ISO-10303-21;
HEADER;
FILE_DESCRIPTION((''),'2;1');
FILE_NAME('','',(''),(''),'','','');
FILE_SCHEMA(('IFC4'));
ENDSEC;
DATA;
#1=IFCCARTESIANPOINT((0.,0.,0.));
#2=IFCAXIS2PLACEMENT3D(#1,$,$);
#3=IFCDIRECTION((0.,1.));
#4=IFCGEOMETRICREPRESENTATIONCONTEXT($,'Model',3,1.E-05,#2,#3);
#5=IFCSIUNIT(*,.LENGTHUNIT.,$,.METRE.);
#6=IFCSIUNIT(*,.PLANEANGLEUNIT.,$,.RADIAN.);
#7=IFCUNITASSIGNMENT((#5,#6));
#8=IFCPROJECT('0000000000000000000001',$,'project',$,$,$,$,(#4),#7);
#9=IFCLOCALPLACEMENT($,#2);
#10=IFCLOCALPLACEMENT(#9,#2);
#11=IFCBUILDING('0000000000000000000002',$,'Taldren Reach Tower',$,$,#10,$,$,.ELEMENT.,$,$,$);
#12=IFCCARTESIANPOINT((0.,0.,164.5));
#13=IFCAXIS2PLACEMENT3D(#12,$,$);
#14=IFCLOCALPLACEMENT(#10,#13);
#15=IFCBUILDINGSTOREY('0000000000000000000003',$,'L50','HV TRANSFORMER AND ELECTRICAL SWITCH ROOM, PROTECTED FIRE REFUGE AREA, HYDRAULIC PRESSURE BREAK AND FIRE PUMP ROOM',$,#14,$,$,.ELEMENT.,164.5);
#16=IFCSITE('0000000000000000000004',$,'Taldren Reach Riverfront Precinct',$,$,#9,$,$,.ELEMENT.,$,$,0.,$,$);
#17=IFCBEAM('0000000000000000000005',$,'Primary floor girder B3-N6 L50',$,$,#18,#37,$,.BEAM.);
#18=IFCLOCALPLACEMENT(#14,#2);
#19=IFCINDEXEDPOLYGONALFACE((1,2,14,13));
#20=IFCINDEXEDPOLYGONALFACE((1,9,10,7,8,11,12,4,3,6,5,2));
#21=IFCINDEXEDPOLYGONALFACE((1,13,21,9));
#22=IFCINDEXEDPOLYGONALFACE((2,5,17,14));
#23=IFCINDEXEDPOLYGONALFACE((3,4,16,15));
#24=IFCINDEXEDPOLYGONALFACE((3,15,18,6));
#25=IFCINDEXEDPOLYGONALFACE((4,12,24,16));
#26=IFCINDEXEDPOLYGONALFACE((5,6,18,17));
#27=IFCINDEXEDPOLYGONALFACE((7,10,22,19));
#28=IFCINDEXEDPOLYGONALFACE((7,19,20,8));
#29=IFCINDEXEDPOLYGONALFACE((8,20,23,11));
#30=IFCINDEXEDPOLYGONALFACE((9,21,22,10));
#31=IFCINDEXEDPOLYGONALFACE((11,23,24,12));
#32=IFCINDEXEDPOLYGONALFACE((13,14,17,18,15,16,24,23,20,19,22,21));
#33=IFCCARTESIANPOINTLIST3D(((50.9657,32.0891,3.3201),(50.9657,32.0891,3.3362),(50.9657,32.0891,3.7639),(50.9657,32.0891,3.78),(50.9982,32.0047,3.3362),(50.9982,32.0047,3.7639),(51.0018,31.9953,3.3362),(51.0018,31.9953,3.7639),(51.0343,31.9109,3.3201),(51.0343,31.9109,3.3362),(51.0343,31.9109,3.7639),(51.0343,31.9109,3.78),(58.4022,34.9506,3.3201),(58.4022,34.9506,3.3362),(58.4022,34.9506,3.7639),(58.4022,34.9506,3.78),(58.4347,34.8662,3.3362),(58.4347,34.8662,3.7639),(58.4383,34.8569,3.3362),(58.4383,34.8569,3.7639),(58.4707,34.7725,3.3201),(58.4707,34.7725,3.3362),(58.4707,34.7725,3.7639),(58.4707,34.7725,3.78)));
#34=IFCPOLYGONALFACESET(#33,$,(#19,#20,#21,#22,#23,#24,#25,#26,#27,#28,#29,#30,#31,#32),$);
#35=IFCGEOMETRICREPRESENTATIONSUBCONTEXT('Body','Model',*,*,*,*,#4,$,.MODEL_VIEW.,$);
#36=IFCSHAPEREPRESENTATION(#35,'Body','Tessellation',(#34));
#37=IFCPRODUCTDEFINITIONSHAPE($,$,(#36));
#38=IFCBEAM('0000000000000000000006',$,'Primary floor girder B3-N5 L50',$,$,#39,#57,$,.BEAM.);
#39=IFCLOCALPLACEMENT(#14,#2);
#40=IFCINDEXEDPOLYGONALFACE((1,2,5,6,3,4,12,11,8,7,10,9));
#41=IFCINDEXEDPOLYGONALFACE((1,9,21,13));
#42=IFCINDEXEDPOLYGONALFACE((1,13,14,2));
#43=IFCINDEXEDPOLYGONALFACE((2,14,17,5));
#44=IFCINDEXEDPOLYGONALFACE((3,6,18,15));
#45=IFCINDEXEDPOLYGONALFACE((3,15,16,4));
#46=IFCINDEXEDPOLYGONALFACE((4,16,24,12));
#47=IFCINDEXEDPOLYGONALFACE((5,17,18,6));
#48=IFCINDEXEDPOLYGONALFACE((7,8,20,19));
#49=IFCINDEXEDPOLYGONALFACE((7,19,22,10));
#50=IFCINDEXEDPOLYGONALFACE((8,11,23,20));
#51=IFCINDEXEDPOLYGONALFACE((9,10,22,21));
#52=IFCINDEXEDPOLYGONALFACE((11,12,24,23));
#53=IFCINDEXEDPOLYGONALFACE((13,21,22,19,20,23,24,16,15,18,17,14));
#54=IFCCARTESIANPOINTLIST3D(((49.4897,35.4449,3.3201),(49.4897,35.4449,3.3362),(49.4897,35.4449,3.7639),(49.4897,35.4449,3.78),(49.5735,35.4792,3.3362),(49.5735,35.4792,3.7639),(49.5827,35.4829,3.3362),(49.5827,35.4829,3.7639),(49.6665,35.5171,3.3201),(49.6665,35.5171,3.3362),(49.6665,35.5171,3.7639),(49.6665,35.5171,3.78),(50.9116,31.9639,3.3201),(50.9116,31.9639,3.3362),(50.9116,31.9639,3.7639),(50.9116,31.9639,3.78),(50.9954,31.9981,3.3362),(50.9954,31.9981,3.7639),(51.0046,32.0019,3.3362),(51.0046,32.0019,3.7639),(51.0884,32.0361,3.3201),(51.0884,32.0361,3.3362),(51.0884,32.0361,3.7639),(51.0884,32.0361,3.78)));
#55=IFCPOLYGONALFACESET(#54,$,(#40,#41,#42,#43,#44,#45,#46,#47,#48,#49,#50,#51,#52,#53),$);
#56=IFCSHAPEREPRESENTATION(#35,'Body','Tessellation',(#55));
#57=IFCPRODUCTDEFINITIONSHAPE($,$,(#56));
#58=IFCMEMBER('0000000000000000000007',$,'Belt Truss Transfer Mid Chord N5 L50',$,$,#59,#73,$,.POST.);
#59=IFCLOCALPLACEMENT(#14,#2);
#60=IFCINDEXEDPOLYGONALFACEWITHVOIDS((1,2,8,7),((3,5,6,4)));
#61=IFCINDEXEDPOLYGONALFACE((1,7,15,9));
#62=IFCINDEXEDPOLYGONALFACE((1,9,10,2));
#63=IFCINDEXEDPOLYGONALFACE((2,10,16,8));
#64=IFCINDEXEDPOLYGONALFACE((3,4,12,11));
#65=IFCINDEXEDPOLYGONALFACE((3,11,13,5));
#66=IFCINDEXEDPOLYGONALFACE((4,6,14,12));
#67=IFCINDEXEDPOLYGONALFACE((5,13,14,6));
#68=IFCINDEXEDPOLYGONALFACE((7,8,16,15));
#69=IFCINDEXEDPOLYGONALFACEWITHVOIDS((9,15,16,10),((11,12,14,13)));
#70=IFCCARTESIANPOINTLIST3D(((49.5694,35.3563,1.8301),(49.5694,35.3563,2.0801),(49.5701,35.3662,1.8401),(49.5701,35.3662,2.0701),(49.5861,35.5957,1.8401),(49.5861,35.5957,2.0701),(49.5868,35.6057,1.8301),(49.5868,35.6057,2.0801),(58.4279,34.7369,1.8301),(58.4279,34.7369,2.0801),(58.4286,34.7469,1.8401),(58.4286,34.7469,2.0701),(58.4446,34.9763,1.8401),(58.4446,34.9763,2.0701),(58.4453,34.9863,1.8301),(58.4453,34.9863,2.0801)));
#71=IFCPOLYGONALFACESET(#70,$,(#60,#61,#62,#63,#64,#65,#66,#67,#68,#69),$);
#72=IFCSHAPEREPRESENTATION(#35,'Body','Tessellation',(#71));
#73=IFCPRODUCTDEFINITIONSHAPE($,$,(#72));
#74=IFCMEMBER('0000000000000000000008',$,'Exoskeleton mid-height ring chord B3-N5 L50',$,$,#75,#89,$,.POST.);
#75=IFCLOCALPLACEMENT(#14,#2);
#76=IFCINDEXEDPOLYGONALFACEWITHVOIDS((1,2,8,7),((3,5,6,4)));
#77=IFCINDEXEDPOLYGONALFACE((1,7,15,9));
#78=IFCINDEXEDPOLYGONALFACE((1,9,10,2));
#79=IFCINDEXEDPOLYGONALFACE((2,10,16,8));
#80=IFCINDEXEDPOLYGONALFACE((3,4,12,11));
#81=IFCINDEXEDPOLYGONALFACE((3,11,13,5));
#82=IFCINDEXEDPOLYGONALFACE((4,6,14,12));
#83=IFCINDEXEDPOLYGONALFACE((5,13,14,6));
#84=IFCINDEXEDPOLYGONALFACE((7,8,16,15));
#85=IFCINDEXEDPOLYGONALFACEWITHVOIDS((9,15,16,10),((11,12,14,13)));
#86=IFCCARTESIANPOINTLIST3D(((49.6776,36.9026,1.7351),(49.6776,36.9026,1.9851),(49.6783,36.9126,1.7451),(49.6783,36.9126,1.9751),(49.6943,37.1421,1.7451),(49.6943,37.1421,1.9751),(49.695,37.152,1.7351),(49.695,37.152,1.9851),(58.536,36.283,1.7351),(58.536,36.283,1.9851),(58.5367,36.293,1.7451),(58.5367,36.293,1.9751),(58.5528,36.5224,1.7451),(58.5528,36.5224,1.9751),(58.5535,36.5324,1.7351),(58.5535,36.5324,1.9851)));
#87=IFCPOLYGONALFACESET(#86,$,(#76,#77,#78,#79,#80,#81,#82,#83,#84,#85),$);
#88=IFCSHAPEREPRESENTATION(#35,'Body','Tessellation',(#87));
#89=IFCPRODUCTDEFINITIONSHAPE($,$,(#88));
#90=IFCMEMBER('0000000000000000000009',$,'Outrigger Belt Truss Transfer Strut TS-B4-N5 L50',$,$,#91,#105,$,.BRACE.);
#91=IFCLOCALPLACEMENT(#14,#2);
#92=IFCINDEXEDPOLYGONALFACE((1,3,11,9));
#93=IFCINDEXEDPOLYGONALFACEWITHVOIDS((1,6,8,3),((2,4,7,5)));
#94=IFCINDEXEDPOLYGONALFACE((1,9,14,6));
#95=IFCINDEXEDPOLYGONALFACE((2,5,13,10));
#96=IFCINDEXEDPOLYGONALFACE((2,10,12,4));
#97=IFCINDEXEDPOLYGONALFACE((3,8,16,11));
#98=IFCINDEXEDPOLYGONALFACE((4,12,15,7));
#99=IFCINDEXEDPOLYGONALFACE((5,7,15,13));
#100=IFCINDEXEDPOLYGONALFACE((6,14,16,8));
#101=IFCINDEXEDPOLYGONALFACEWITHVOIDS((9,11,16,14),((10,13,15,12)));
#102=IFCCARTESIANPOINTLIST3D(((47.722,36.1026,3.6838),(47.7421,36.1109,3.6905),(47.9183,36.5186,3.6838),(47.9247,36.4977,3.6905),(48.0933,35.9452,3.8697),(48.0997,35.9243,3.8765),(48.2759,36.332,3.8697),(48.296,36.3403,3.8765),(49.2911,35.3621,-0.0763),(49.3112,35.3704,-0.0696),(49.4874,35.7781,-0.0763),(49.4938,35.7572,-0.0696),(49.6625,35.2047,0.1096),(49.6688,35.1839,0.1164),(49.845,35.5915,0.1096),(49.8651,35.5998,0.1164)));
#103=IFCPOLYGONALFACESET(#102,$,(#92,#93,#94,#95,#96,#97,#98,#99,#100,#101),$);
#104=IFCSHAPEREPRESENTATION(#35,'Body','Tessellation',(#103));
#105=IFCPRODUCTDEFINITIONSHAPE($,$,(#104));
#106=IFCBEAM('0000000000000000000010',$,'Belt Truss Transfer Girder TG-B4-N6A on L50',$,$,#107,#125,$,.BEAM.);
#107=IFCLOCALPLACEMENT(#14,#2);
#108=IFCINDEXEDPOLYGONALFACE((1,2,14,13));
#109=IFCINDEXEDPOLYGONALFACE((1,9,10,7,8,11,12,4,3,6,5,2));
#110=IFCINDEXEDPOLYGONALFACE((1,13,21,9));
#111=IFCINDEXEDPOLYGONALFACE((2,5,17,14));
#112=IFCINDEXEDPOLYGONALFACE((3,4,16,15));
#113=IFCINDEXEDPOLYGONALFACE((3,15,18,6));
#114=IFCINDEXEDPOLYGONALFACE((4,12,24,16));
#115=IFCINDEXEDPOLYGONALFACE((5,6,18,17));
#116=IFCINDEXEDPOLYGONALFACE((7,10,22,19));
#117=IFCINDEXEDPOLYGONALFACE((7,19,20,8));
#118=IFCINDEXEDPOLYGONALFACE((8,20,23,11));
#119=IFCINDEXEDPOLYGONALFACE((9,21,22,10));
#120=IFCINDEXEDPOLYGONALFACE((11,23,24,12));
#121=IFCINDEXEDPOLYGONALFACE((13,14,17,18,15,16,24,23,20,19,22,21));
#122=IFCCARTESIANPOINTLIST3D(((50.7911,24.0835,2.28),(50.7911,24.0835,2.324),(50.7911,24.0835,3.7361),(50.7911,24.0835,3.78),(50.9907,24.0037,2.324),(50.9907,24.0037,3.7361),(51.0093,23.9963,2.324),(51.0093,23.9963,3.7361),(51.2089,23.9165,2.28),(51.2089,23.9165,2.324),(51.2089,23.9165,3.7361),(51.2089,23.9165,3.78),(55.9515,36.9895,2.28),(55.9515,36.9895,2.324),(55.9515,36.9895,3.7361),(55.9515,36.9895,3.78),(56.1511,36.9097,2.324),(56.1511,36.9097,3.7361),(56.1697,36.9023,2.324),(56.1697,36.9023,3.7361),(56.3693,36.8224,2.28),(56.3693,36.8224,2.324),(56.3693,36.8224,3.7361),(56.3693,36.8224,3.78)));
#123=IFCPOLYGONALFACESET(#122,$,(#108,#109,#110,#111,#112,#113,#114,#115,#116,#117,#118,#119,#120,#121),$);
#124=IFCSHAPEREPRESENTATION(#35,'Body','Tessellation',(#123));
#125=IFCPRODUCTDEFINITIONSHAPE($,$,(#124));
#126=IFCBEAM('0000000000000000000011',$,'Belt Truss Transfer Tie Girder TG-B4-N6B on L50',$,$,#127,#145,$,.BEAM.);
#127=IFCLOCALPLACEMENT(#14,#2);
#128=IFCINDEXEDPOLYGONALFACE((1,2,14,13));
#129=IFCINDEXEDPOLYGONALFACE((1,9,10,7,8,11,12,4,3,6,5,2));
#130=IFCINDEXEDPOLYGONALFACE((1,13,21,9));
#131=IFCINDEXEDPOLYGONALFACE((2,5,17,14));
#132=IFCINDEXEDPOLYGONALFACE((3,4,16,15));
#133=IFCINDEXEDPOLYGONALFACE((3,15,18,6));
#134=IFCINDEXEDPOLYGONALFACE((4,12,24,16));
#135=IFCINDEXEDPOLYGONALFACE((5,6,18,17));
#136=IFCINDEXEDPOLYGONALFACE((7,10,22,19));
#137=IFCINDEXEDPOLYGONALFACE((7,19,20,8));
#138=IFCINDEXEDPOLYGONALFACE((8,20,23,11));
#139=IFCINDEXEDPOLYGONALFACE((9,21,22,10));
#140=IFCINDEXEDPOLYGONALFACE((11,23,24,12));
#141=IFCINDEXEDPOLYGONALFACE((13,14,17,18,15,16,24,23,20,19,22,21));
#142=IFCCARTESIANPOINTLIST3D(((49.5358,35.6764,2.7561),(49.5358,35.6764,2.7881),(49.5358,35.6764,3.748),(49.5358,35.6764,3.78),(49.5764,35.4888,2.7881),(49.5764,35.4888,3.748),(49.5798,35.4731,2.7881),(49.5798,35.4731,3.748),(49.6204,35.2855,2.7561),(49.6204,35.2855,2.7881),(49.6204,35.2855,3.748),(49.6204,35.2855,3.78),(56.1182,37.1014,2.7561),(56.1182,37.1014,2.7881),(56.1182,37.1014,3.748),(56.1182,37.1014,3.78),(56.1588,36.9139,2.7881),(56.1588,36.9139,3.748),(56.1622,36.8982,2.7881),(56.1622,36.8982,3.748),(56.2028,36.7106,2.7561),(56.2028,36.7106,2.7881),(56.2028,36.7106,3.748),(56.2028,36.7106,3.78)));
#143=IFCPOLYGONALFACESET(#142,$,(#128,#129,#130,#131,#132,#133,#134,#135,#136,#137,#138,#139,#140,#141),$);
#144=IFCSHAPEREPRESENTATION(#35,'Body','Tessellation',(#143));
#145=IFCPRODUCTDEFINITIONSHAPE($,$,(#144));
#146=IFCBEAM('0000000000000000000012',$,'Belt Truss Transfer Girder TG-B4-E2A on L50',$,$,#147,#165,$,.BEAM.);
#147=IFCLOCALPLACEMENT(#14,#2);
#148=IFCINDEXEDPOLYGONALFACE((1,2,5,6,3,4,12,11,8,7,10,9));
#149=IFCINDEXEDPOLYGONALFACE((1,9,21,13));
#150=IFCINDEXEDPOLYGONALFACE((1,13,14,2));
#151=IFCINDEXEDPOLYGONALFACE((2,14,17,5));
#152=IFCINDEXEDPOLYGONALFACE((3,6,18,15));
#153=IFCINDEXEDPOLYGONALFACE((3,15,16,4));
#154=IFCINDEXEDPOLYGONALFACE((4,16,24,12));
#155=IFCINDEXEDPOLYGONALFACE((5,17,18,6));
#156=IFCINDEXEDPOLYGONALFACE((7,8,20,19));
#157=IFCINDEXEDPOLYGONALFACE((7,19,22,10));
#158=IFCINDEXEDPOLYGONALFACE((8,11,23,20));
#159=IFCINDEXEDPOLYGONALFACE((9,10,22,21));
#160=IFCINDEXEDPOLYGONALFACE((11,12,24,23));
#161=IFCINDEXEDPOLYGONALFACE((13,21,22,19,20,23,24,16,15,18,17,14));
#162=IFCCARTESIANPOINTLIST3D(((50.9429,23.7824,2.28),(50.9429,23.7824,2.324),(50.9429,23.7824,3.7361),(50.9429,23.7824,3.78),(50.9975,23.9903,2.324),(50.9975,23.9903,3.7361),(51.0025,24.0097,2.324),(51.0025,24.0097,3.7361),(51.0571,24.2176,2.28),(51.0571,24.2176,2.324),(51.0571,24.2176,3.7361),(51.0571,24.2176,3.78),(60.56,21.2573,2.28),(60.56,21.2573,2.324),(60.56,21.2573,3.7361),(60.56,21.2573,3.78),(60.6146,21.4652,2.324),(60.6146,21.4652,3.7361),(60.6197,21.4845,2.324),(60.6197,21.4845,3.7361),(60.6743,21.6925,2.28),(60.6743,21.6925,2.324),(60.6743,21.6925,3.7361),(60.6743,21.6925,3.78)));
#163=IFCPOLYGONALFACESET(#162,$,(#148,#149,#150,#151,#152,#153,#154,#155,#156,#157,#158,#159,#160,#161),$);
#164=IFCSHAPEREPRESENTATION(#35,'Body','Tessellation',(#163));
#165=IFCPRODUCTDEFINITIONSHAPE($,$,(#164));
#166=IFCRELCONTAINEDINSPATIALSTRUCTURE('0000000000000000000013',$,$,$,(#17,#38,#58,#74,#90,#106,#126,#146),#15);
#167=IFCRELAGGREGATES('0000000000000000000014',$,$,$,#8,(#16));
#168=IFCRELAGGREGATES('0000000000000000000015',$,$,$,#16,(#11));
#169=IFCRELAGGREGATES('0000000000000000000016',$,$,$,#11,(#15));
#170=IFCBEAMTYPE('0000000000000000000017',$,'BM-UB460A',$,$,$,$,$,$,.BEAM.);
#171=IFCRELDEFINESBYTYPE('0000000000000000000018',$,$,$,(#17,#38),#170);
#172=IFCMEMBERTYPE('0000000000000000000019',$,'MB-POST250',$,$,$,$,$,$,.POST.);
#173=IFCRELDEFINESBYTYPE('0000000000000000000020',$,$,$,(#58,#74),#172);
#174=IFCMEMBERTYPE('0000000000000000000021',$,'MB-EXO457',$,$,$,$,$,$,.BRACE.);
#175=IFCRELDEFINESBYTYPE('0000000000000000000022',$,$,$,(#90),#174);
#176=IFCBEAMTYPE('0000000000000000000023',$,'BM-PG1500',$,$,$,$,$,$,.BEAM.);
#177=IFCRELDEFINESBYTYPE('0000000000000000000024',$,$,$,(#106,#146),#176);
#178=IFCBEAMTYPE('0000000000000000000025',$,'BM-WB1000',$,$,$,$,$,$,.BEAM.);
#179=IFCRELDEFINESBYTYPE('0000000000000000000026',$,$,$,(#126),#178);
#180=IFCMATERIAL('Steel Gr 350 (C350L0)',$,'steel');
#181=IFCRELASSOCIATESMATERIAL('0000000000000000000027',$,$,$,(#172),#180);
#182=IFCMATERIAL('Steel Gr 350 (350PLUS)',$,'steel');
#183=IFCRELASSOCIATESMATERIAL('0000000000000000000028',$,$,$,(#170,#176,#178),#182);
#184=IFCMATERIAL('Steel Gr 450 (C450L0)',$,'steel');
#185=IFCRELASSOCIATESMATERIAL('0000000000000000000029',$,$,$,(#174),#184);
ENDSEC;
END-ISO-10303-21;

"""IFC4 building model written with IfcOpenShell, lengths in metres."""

from ifc_helpers import new_model, si_unit, direction, frame, origin, origin_2d, place, context, subcontext, project, spatial, hollow_rectangle, i_section, extrude, source, transform, mapped, material, material_profile, profile_set, type_object, element, save


model = new_model("IFC4")

# Units and contexts
model_context = context("Model", 3, precision=1e-05, world=origin(), true_north=direction((0.0, 1.0)))
body_context = subcontext(model_context, "Body", "Model", "MODEL_VIEW")
ifc_project = project(units=[si_unit("LENGTHUNIT", "METRE"), si_unit("PLANEANGLEUNIT", "RADIAN")], contexts=[model_context])

# Site, building, storey
site_placement = place(None, origin())
site = spatial("IfcSite", under=ifc_project, at=site_placement, Name="Taldren Reach Riverfront Precinct", CompositionType="ELEMENT", RefElevation=0.0)
building_placement = place(site_placement, origin())
building = spatial("IfcBuilding", under=site, at=building_placement, Name="Taldren Reach Tower", CompositionType="ELEMENT")
storey_placement = place(building_placement, frame((0.0, 0.0, 164.5)))
storey = spatial("IfcBuildingStorey", under=building, at=storey_placement, Name="L50", Description="HV TRANSFORMER AND ELECTRICAL SWITCH ROOM, PROTECTED FIRE REFUGE AREA, HYDRAULIC PRESSURE BREAK AND FIRE PUMP ROOM", CompositionType="ELEMENT", Elevation=164.5)

# Shared definitions
ifc_material_1 = material(Name="Steel Gr 450 (C450L0)", Category="steel")

# Shared definitions
ifc_material_2 = material(Name="Steel Gr 350 (350PLUS)", Category="steel")
ifc_material_3 = material(Name="Steel Gr 350 (C350L0)", Category="steel")
ifc_material_profile_1 = material_profile(ifc_material_3, hollow_rectangle(XDim=0.25, YDim=0.25, WallThickness=0.01, at=origin_2d()), Name="250x250x10.0SHS")
ifc_profile_set_1 = profile_set([ifc_material_profile_1], Name="Steel Gr 350 (C350L0)")
member_type_1 = type_object("IfcMemberType", Name="MB-POST250", PredefinedType="POST", material=ifc_profile_set_1)

# Beams
ifc_material_profile_2 = material_profile(ifc_material_2, i_section(OverallWidth=0.1909, OverallDepth=0.46, WebThickness=0.01, FlangeThickness=0.0161, at=origin_2d()), Name="460UB82.1")
ifc_profile_set_2 = profile_set([ifc_material_profile_2], Name="Steel Gr 350 (350PLUS)")
beam_type_1 = type_object("IfcBeamType", Name="BM-UB460A", PredefinedType="BEAM", material=ifc_profile_set_2)
shared_shape_1 = source(origin(), body_context, "Body", "SweptSolid", [
    extrude(i_section(OverallWidth=0.1909, OverallDepth=0.46, WebThickness=0.01, FlangeThickness=0.0161, at=origin_2d()), origin(), (0.0, 0.0, 1.0), 7.968),
])
beam_1_placement = place(storey_placement, frame((51.0, 32.0, 3.55), z_axis=(0.933288, 0.359129, 0.0), x_axis=(-0.359129, 0.933288, 0.0)))
element("IfcBeam", 1, at=beam_1_placement, inside=storey, type_object=beam_type_1, Name="Primary floor girder B3-N6 L50", PredefinedType="BEAM", context=body_context, shape_type="MappedRepresentation", body=[
    mapped(shared_shape_1, transform((0.0, 0.0, 0.0), scale=1.0)),
])
shared_shape_2 = source(origin(), body_context, "Body", "SweptSolid", [
    extrude(i_section(OverallWidth=0.1909, OverallDepth=0.46, WebThickness=0.01, FlangeThickness=0.0161, at=origin_2d()), origin(), (0.0, 0.0, 1.0), 3.7603),
])
beam_2_placement = place(storey_placement, frame((51.0, 32.0, 3.55), z_axis=(-0.378142, 0.925747, 0.0), x_axis=(-0.925747, -0.378142, 0.0)))
element("IfcBeam", 2, at=beam_2_placement, inside=storey, type_object=beam_type_1, Name="Primary floor girder B3-N5 L50", PredefinedType="BEAM", context=body_context, shape_type="MappedRepresentation", body=[
    mapped(shared_shape_2, transform((0.0, 0.0, 0.0), scale=1.0)),
])

# Members
shared_shape_3 = source(origin(), body_context, "Body", "SweptSolid", [
    extrude(hollow_rectangle(XDim=0.25, YDim=0.25, WallThickness=0.01, at=origin_2d()), origin(), (0.0, 0.0, 1.0), 8.8801),
])
for number, where, z_axis, x_axis, name in (
    (3, (49.5781, 35.481, 1.9551), (0.997564, -0.06975, 0.0), (0.06975, 0.997564, 0.0), "Belt Truss Transfer Mid Chord N5 L50"),
    (4, (49.6863, 37.0273, 1.8601), (0.997563, -0.069778, 0.0), (0.069778, 0.997563, 0.0), "Exoskeleton mid-height ring chord B3-N5 L50"),
):
    element("IfcMember", number, at=place(storey_placement, frame(where, z_axis=z_axis, x_axis=x_axis)), inside=storey, type_object=member_type_1, Name=name, PredefinedType="POST", context=body_context, shape_type="MappedRepresentation", body=[
        mapped(shared_shape_3, transform((0.0, 0.0, 0.0), scale=1.0)),
    ])
ifc_material_profile_3 = material_profile(ifc_material_1, hollow_rectangle(XDim=0.46, YDim=0.46, WallThickness=0.0161, at=origin_2d()), Name="460x460x16.0SHS")
ifc_profile_set_3 = profile_set([ifc_material_profile_3], Name="Steel Gr 450 (C450L0)")
member_type_2 = type_object("IfcMemberType", Name="MB-EXO457", PredefinedType="BRACE", material=ifc_profile_set_3)
shared_shape_4 = source(origin(), body_context, "Body", "SweptSolid", [
    extrude(hollow_rectangle(XDim=0.46, YDim=0.46, WallThickness=0.0161, at=origin_2d()), origin(), (0.0, 0.0, 1.0), 4.1411),
])
member_1_placement = place(storey_placement, frame((49.5781, 35.481, 0.02), z_axis=(-0.378914, 0.178816, 0.907992), x_axis=(-0.426779, -0.904356, 0.0)))
element("IfcMember", 5, at=member_1_placement, inside=storey, type_object=member_type_2, Name="Outrigger Belt Truss Transfer Strut TS-B4-N5 L50", PredefinedType="BRACE", context=body_context, shape_type="MappedRepresentation", body=[
    mapped(shared_shape_4, transform((0.0, 0.0, 0.0), scale=1.0)),
])

# Beams
ifc_material_profile_4 = material_profile(ifc_material_2, i_section(OverallWidth=0.45, OverallDepth=1.5, WebThickness=0.02, FlangeThickness=0.0439, at=origin_2d()), Name="1500WB550")
ifc_profile_set_4 = profile_set([ifc_material_profile_4], Name="Steel Gr 350 (350PLUS)")
beam_type_2 = type_object("IfcBeamType", Name="BM-PG1500", PredefinedType="BEAM", material=ifc_profile_set_4)
shared_shape_5 = source(origin(), body_context, "Body", "SweptSolid", [
    extrude(i_section(OverallWidth=0.45, OverallDepth=1.5, WebThickness=0.02, FlangeThickness=0.0439, at=origin_2d()), origin(), (0.0, 0.0, 1.0), 13.8994),
])
beam_3_placement = place(storey_placement, frame((51.0, 24.0, 3.03), z_axis=(0.371267, 0.928526, 0.0), x_axis=(-0.928526, 0.371267, 0.0)))
element("IfcBeam", 6, at=beam_3_placement, inside=storey, type_object=beam_type_2, Name="Belt Truss Transfer Girder TG-B4-N6A on L50", PredefinedType="BEAM", context=body_context, shape_type="MappedRepresentation", body=[
    mapped(shared_shape_5, transform((0.0, 0.0, 0.0), scale=1.0)),
])
ifc_material_profile_5 = material_profile(ifc_material_2, i_section(OverallWidth=0.3999, OverallDepth=1.0239, WebThickness=0.0161, FlangeThickness=0.032, at=origin_2d()), Name="1000WB322")
ifc_profile_set_5 = profile_set([ifc_material_profile_5], Name="Steel Gr 350 (350PLUS)")
beam_type_3 = type_object("IfcBeamType", Name="BM-WB1000", PredefinedType="BEAM", material=ifc_profile_set_5)
shared_shape_6 = source(origin(), body_context, "Body", "SweptSolid", [
    extrude(i_section(OverallWidth=0.3999, OverallDepth=1.0239, WebThickness=0.0161, FlangeThickness=0.032, at=origin_2d()), origin(), (0.0, 0.0, 1.0), 6.7349),
])
beam_4_placement = place(storey_placement, frame((49.5781, 35.481, 3.2681), z_axis=(0.977357, 0.211596, 0.0), x_axis=(-0.211596, 0.977357, 0.0)))
element("IfcBeam", 7, at=beam_4_placement, inside=storey, type_object=beam_type_3, Name="Belt Truss Transfer Tie Girder TG-B4-N6B on L50", PredefinedType="BEAM", context=body_context, shape_type="MappedRepresentation", body=[
    mapped(shared_shape_6, transform((0.0, 0.0, 0.0), scale=1.0)),
])
shared_shape_7 = source(origin(), body_context, "Body", "SweptSolid", [
    extrude(i_section(OverallWidth=0.45, OverallDepth=1.5, WebThickness=0.02, FlangeThickness=0.0439, at=origin_2d()), origin(), (0.0, 0.0, 1.0), 9.9431),
])
beam_5_placement = place(storey_placement, frame((51.0, 24.0, 3.03), z_axis=(0.967215, -0.253958, 0.0), x_axis=(0.253958, 0.967215, 0.0)))
element("IfcBeam", 8, at=beam_5_placement, inside=storey, type_object=beam_type_2, Name="Belt Truss Transfer Girder TG-B4-E2A on L50", PredefinedType="BEAM", context=body_context, shape_type="MappedRepresentation", body=[
    mapped(shared_shape_7, transform((0.0, 0.0, 0.0), scale=1.0)),
])

save(model, "model.ifc")
